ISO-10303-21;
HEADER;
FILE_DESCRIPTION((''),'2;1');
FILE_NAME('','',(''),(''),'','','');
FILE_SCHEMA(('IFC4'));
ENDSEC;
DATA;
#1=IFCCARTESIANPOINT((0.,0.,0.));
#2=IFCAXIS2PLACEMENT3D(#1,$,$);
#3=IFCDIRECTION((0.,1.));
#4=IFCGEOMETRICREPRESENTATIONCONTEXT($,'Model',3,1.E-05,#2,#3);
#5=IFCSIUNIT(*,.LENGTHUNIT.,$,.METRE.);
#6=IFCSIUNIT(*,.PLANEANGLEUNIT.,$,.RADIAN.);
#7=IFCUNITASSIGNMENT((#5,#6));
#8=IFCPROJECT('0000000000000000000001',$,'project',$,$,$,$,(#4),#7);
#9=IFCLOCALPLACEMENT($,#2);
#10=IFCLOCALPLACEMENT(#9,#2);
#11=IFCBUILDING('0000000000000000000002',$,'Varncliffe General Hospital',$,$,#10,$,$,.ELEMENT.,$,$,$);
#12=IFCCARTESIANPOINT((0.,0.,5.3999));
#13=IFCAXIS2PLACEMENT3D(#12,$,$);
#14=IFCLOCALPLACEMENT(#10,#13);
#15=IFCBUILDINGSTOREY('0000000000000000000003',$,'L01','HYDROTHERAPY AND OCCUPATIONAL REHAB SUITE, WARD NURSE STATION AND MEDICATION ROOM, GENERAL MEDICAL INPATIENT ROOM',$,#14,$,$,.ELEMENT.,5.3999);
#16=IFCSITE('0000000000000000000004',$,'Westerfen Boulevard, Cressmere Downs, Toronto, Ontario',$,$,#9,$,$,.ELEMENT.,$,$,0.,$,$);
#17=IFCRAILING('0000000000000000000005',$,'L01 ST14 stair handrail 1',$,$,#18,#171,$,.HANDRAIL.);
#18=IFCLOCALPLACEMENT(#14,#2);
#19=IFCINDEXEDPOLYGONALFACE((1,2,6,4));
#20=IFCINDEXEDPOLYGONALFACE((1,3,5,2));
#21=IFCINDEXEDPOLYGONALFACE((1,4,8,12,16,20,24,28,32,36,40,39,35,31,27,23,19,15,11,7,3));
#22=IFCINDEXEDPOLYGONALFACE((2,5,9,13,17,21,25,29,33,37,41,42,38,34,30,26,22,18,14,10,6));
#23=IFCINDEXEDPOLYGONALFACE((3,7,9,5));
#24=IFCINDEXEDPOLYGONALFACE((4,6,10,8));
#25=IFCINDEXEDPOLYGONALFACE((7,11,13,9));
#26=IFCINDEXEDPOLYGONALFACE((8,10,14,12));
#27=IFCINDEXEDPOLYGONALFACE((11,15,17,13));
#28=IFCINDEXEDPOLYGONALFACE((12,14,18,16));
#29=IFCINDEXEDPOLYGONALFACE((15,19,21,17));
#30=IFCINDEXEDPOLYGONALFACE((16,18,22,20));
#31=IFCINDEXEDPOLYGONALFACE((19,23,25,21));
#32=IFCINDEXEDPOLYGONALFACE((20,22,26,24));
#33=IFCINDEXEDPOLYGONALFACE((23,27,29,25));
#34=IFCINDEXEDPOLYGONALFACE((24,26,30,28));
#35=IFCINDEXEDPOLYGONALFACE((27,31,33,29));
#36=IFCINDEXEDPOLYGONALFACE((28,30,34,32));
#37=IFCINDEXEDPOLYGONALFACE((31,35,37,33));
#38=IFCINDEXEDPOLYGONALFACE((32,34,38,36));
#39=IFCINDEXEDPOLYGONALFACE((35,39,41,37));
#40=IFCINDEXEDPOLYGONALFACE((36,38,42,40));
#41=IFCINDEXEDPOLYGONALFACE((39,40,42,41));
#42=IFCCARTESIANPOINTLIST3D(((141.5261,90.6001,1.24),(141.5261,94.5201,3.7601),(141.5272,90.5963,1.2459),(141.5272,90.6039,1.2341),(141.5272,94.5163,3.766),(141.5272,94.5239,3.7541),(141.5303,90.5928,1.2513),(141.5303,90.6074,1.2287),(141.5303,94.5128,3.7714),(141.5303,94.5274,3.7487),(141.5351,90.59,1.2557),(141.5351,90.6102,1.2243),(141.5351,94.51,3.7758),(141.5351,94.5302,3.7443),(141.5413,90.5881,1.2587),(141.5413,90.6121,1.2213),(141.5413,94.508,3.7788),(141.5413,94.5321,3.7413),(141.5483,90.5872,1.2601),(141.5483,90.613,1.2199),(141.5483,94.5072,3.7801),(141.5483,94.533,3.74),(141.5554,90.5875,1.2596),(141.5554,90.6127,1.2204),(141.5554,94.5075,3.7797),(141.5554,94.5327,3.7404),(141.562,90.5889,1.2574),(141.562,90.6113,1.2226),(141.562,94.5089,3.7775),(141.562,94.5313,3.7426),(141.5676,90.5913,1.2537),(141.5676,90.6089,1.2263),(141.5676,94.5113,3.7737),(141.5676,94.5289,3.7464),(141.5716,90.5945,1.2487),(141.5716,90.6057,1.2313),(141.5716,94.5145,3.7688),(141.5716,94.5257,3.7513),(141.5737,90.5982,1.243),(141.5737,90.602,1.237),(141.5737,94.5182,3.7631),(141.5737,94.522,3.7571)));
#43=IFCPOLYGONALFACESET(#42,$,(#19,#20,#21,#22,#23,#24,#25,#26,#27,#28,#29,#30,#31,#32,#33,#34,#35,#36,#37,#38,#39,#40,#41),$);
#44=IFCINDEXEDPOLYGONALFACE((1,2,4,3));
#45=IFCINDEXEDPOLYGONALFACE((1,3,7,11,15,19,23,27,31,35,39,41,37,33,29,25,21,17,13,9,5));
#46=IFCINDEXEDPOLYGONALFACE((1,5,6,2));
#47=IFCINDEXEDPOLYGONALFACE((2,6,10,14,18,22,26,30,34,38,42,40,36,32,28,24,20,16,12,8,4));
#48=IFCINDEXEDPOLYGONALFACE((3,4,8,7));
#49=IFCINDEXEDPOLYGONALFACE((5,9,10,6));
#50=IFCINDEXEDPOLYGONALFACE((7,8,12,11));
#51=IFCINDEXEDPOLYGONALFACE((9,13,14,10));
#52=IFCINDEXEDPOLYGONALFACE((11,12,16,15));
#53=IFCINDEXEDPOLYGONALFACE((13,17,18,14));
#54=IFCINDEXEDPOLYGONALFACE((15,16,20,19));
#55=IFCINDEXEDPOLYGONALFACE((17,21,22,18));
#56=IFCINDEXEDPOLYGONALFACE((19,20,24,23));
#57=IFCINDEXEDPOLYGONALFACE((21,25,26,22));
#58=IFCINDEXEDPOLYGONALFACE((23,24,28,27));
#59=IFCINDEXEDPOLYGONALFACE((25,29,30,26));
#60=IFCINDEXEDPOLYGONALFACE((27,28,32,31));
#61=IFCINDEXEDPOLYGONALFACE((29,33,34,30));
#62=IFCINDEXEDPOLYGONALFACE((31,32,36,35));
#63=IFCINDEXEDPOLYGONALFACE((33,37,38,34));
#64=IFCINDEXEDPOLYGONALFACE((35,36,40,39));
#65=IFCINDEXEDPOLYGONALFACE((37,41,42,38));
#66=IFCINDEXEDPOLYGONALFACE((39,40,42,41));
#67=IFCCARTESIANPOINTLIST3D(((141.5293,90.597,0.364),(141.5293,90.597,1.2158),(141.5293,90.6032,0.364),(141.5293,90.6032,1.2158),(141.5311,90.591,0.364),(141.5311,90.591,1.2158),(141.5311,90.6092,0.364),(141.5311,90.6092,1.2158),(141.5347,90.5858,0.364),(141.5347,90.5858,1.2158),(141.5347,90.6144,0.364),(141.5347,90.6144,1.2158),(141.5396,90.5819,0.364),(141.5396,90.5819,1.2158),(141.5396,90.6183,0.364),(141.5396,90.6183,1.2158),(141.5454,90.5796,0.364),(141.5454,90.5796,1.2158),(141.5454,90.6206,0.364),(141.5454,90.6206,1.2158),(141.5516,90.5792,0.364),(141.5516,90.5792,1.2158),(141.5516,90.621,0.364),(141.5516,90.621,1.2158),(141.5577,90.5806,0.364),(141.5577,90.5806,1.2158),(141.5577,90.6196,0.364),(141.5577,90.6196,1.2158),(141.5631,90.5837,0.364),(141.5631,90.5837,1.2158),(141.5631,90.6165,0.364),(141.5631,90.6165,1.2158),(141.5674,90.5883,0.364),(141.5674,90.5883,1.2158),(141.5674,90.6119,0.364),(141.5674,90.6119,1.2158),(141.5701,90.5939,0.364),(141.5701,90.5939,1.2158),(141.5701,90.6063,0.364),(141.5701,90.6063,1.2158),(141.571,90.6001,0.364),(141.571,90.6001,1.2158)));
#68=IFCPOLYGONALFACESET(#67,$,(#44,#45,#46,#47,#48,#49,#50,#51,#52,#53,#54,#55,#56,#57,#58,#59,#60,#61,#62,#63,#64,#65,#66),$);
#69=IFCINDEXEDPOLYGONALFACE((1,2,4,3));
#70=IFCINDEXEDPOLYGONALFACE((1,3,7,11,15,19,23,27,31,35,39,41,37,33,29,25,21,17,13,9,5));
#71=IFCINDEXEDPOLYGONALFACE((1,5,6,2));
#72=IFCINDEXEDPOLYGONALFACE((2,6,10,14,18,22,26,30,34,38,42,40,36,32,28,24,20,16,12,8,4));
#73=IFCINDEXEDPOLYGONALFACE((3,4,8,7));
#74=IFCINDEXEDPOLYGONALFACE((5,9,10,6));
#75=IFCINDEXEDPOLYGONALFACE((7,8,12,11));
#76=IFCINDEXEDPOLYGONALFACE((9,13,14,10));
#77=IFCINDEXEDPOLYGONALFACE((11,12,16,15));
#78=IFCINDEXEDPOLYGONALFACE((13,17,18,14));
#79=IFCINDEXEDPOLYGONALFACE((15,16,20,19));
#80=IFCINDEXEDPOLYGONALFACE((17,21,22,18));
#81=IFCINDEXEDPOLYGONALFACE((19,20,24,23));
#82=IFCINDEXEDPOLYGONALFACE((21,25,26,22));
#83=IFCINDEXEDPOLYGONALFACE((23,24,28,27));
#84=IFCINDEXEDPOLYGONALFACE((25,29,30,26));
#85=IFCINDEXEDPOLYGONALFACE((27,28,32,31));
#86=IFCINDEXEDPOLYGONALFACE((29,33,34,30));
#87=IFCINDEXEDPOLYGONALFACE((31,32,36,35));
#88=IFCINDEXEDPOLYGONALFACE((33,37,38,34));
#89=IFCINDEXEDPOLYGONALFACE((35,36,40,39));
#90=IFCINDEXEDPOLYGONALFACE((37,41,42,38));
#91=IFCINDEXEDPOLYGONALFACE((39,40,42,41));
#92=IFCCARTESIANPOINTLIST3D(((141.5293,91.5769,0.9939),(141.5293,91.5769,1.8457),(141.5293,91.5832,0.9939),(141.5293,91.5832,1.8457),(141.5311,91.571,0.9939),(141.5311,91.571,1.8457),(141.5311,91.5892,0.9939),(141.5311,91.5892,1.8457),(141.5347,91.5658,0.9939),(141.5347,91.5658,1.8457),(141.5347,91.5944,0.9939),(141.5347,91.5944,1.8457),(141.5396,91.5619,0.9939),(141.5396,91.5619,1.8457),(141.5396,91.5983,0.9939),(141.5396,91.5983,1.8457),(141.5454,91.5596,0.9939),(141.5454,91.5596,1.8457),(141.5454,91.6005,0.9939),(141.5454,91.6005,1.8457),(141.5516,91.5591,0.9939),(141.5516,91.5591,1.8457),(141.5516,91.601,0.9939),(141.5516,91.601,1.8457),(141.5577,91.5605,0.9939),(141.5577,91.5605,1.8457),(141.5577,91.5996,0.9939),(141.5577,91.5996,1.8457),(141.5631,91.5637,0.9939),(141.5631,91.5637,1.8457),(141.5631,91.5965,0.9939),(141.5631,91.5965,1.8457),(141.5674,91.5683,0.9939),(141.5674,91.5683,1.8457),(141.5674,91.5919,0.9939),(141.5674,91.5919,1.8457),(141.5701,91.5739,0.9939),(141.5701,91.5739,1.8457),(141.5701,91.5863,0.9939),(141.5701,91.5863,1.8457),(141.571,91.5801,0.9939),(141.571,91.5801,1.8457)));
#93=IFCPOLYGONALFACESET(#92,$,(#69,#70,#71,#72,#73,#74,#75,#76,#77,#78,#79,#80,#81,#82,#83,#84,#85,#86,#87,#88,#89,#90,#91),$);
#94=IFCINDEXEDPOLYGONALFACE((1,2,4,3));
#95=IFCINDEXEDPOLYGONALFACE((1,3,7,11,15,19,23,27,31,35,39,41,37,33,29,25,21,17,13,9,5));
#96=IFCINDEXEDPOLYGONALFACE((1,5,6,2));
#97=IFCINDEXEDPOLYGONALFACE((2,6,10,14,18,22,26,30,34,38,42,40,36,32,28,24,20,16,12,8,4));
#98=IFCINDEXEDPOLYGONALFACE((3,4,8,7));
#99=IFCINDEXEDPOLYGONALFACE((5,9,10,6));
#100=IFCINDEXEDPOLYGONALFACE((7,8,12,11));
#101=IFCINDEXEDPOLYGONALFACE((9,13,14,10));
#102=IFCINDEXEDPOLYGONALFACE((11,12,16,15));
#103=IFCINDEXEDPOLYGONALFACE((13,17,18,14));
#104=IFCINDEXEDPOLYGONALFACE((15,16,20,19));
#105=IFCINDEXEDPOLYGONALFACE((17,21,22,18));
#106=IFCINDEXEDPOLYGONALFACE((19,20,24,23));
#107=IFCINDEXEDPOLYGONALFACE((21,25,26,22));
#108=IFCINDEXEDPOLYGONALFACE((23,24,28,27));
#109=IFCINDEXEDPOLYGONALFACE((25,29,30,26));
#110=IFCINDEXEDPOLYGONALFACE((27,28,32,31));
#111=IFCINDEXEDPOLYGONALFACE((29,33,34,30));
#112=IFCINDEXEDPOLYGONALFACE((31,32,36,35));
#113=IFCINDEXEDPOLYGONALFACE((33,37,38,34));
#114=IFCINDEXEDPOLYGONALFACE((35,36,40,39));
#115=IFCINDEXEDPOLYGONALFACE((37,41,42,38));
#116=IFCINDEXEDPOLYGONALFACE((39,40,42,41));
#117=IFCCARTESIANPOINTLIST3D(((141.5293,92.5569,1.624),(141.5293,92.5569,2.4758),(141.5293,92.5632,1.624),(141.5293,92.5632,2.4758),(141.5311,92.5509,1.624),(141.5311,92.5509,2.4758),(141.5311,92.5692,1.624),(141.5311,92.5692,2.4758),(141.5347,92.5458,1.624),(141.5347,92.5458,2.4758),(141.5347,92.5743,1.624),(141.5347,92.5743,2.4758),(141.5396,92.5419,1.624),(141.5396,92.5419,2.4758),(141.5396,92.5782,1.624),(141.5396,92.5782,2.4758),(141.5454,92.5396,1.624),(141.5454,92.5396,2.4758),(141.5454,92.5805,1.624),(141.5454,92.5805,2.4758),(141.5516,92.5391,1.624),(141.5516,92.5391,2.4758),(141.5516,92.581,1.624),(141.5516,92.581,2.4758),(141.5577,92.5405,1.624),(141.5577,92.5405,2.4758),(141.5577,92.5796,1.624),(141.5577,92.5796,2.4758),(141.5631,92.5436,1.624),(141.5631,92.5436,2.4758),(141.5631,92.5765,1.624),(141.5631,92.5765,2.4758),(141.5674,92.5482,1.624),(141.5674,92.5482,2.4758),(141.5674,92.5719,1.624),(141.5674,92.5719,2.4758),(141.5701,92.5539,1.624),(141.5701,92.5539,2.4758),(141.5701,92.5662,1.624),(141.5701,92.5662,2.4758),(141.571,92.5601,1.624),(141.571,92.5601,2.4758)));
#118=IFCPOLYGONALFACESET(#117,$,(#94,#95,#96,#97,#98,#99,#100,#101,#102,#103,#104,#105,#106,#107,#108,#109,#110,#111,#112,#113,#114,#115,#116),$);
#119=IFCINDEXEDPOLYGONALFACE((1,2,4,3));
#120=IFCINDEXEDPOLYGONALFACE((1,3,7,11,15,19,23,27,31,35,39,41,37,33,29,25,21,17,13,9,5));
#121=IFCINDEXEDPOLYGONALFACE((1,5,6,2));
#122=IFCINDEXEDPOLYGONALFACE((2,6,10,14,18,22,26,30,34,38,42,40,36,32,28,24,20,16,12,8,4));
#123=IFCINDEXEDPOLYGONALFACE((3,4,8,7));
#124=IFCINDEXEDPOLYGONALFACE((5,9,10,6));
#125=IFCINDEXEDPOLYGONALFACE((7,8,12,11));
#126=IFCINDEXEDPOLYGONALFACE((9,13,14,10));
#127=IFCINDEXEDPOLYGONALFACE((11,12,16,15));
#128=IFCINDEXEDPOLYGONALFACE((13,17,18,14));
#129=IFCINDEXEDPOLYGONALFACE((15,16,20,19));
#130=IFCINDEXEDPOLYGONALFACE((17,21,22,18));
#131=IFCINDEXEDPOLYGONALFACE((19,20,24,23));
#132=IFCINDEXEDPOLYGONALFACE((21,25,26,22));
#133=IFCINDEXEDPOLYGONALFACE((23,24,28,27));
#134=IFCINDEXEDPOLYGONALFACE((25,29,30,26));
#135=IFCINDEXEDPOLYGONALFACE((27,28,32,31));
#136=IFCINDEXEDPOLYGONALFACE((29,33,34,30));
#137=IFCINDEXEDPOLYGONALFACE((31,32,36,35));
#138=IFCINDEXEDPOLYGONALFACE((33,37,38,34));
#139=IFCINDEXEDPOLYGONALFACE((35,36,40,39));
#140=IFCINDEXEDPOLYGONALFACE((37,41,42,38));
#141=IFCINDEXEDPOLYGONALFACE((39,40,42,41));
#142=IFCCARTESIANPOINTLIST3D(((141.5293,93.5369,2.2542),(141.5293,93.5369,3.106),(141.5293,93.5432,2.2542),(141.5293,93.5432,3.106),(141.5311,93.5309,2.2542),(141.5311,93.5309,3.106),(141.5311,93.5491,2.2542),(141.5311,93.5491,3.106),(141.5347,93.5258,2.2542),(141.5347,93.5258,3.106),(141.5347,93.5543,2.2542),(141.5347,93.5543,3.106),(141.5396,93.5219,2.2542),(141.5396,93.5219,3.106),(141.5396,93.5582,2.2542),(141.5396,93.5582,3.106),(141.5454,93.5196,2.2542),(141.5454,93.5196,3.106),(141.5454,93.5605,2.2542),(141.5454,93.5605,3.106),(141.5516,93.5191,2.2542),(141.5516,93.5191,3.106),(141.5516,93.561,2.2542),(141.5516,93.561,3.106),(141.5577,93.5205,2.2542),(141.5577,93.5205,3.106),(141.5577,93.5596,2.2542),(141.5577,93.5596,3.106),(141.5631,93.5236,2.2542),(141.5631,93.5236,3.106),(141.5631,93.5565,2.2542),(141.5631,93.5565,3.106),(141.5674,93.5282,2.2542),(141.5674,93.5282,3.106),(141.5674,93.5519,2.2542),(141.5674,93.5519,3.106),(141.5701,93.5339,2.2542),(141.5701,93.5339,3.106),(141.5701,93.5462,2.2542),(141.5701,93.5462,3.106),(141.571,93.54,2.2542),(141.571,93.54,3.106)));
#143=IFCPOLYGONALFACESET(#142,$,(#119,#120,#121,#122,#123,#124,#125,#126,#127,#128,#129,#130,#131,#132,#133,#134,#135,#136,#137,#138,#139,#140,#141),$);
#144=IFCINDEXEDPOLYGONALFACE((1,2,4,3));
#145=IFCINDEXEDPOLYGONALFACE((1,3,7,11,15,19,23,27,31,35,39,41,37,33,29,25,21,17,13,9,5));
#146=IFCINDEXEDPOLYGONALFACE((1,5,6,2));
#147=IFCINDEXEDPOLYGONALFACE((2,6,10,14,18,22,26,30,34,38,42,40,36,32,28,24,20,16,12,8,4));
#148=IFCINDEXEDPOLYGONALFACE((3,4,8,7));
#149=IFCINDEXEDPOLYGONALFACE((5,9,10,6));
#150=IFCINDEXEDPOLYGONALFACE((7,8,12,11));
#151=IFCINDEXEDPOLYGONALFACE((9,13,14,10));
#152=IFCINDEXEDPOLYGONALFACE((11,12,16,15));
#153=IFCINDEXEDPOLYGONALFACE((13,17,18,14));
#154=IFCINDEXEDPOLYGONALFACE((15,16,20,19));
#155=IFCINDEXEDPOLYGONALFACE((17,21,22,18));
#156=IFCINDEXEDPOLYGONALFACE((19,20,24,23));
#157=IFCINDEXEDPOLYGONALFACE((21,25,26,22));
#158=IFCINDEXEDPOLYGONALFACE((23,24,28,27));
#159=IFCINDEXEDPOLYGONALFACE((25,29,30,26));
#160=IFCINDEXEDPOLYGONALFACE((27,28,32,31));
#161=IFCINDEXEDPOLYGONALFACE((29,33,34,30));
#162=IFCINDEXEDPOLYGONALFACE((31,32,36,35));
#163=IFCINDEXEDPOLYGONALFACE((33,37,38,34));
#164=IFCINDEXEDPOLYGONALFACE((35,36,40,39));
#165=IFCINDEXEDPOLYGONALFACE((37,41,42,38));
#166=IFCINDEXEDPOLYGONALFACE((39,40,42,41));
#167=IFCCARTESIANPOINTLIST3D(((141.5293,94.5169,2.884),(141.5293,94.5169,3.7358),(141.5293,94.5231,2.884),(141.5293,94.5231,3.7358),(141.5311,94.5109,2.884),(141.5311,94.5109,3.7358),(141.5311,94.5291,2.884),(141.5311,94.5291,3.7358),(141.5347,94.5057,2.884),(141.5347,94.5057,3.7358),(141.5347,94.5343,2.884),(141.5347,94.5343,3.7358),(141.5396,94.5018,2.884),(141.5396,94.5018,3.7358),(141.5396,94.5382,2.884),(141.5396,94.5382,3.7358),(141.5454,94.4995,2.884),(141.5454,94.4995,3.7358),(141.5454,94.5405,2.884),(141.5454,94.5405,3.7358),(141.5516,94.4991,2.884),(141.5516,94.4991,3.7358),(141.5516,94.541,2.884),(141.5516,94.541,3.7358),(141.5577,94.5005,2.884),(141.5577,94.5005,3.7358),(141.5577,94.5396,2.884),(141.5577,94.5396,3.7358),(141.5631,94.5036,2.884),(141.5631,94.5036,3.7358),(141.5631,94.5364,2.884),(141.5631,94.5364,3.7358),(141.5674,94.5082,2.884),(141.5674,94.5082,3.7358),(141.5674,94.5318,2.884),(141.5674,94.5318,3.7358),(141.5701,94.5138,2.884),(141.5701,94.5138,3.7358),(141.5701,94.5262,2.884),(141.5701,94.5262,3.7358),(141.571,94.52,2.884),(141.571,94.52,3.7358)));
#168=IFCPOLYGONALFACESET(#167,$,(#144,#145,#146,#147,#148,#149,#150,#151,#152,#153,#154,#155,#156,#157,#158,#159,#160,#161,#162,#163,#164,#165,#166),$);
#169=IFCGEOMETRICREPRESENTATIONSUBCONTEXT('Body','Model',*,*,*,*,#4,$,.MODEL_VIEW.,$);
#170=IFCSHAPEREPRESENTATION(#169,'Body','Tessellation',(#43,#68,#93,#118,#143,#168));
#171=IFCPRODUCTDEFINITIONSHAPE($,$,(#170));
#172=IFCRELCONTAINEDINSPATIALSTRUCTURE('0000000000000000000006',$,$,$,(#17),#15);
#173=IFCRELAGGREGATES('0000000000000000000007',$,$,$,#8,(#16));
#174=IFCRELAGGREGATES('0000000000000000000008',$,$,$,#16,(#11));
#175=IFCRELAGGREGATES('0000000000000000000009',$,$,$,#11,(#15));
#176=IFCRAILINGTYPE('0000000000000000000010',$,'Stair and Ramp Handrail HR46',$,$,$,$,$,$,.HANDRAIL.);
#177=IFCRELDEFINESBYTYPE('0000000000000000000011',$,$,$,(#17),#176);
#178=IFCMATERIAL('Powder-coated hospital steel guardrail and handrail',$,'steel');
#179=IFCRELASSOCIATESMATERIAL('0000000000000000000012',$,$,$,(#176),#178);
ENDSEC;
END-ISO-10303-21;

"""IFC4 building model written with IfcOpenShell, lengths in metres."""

from ifc_helpers import new_model, si_unit, direction, frame, origin, origin_2d, place, context, subcontext, project, spatial, circle, extrude, material, type_object, element, save


model = new_model("IFC4")

# Units and contexts
model_context = context("Model", 3, precision=1e-05, world=origin(), true_north=direction((0.0, 1.0)))
body_context = subcontext(model_context, "Body", "Model", "MODEL_VIEW")
ifc_project = project(units=[si_unit("LENGTHUNIT", "METRE"), si_unit("PLANEANGLEUNIT", "RADIAN")], contexts=[model_context])

# Site, building, storey
site_placement = place(None, origin())
site = spatial("IfcSite", under=ifc_project, at=site_placement, Name="Westerfen Boulevard, Cressmere Downs, Toronto, Ontario", CompositionType="ELEMENT", RefElevation=0.0)
building_placement = place(site_placement, origin())
building = spatial("IfcBuilding", under=site, at=building_placement, Name="Varncliffe General Hospital", CompositionType="ELEMENT")
storey_placement = place(building_placement, frame((0.0, 0.0, 5.3999)))
storey = spatial("IfcBuildingStorey", under=building, at=storey_placement, Name="L01", Description="HYDROTHERAPY AND OCCUPATIONAL REHAB SUITE, WARD NURSE STATION AND MEDICATION ROOM, GENERAL MEDICAL INPATIENT ROOM", CompositionType="ELEMENT", Elevation=5.3999)

# Railing
ifc_material_1 = material(Name="Powder-coated hospital steel guardrail and handrail", Category="steel")
railing_type_1 = type_object("IfcRailingType", Name="Stair and Ramp Handrail HR46", PredefinedType="HANDRAIL", material=ifc_material_1)
railing_1_placement = place(storey_placement, frame((141.55, 90.6001, 0.364)))
element("IfcRailing", 1, at=railing_1_placement, inside=storey, type_object=railing_type_1, Name="L01 ST14 stair handrail 1", PredefinedType="HANDRAIL", context=body_context, shape_type="SweptSolid", body=[
    extrude(circle(Radius=0.0239, at=origin_2d()), frame((0.0, 0.0, 0.876), z_axis=(0.0, 0.841172, 0.540768), x_axis=(-1.0, 0.0, 0.0)), (0.0, 0.0, 1.0), 4.6602),
    extrude(circle(Radius=0.021, at=origin_2d()), origin(), (0.0, 0.0, 1.0), 0.8518),
    extrude(circle(Radius=0.021, at=origin_2d()), frame((0.0, 0.98, 0.6299)), (0.0, 0.0, 1.0), 0.8518),
    extrude(circle(Radius=0.021, at=origin_2d()), frame((0.0, 1.96, 1.26)), (0.0, 0.0, 1.0), 0.8518),
    extrude(circle(Radius=0.021, at=origin_2d()), frame((0.0, 2.9399, 1.8901)), (0.0, 0.0, 1.0), 0.8518),
    extrude(circle(Radius=0.021, at=origin_2d()), frame((0.0, 3.9199, 2.52)), (0.0, 0.0, 1.0), 0.8518),
])

save(model, "model.ifc")
